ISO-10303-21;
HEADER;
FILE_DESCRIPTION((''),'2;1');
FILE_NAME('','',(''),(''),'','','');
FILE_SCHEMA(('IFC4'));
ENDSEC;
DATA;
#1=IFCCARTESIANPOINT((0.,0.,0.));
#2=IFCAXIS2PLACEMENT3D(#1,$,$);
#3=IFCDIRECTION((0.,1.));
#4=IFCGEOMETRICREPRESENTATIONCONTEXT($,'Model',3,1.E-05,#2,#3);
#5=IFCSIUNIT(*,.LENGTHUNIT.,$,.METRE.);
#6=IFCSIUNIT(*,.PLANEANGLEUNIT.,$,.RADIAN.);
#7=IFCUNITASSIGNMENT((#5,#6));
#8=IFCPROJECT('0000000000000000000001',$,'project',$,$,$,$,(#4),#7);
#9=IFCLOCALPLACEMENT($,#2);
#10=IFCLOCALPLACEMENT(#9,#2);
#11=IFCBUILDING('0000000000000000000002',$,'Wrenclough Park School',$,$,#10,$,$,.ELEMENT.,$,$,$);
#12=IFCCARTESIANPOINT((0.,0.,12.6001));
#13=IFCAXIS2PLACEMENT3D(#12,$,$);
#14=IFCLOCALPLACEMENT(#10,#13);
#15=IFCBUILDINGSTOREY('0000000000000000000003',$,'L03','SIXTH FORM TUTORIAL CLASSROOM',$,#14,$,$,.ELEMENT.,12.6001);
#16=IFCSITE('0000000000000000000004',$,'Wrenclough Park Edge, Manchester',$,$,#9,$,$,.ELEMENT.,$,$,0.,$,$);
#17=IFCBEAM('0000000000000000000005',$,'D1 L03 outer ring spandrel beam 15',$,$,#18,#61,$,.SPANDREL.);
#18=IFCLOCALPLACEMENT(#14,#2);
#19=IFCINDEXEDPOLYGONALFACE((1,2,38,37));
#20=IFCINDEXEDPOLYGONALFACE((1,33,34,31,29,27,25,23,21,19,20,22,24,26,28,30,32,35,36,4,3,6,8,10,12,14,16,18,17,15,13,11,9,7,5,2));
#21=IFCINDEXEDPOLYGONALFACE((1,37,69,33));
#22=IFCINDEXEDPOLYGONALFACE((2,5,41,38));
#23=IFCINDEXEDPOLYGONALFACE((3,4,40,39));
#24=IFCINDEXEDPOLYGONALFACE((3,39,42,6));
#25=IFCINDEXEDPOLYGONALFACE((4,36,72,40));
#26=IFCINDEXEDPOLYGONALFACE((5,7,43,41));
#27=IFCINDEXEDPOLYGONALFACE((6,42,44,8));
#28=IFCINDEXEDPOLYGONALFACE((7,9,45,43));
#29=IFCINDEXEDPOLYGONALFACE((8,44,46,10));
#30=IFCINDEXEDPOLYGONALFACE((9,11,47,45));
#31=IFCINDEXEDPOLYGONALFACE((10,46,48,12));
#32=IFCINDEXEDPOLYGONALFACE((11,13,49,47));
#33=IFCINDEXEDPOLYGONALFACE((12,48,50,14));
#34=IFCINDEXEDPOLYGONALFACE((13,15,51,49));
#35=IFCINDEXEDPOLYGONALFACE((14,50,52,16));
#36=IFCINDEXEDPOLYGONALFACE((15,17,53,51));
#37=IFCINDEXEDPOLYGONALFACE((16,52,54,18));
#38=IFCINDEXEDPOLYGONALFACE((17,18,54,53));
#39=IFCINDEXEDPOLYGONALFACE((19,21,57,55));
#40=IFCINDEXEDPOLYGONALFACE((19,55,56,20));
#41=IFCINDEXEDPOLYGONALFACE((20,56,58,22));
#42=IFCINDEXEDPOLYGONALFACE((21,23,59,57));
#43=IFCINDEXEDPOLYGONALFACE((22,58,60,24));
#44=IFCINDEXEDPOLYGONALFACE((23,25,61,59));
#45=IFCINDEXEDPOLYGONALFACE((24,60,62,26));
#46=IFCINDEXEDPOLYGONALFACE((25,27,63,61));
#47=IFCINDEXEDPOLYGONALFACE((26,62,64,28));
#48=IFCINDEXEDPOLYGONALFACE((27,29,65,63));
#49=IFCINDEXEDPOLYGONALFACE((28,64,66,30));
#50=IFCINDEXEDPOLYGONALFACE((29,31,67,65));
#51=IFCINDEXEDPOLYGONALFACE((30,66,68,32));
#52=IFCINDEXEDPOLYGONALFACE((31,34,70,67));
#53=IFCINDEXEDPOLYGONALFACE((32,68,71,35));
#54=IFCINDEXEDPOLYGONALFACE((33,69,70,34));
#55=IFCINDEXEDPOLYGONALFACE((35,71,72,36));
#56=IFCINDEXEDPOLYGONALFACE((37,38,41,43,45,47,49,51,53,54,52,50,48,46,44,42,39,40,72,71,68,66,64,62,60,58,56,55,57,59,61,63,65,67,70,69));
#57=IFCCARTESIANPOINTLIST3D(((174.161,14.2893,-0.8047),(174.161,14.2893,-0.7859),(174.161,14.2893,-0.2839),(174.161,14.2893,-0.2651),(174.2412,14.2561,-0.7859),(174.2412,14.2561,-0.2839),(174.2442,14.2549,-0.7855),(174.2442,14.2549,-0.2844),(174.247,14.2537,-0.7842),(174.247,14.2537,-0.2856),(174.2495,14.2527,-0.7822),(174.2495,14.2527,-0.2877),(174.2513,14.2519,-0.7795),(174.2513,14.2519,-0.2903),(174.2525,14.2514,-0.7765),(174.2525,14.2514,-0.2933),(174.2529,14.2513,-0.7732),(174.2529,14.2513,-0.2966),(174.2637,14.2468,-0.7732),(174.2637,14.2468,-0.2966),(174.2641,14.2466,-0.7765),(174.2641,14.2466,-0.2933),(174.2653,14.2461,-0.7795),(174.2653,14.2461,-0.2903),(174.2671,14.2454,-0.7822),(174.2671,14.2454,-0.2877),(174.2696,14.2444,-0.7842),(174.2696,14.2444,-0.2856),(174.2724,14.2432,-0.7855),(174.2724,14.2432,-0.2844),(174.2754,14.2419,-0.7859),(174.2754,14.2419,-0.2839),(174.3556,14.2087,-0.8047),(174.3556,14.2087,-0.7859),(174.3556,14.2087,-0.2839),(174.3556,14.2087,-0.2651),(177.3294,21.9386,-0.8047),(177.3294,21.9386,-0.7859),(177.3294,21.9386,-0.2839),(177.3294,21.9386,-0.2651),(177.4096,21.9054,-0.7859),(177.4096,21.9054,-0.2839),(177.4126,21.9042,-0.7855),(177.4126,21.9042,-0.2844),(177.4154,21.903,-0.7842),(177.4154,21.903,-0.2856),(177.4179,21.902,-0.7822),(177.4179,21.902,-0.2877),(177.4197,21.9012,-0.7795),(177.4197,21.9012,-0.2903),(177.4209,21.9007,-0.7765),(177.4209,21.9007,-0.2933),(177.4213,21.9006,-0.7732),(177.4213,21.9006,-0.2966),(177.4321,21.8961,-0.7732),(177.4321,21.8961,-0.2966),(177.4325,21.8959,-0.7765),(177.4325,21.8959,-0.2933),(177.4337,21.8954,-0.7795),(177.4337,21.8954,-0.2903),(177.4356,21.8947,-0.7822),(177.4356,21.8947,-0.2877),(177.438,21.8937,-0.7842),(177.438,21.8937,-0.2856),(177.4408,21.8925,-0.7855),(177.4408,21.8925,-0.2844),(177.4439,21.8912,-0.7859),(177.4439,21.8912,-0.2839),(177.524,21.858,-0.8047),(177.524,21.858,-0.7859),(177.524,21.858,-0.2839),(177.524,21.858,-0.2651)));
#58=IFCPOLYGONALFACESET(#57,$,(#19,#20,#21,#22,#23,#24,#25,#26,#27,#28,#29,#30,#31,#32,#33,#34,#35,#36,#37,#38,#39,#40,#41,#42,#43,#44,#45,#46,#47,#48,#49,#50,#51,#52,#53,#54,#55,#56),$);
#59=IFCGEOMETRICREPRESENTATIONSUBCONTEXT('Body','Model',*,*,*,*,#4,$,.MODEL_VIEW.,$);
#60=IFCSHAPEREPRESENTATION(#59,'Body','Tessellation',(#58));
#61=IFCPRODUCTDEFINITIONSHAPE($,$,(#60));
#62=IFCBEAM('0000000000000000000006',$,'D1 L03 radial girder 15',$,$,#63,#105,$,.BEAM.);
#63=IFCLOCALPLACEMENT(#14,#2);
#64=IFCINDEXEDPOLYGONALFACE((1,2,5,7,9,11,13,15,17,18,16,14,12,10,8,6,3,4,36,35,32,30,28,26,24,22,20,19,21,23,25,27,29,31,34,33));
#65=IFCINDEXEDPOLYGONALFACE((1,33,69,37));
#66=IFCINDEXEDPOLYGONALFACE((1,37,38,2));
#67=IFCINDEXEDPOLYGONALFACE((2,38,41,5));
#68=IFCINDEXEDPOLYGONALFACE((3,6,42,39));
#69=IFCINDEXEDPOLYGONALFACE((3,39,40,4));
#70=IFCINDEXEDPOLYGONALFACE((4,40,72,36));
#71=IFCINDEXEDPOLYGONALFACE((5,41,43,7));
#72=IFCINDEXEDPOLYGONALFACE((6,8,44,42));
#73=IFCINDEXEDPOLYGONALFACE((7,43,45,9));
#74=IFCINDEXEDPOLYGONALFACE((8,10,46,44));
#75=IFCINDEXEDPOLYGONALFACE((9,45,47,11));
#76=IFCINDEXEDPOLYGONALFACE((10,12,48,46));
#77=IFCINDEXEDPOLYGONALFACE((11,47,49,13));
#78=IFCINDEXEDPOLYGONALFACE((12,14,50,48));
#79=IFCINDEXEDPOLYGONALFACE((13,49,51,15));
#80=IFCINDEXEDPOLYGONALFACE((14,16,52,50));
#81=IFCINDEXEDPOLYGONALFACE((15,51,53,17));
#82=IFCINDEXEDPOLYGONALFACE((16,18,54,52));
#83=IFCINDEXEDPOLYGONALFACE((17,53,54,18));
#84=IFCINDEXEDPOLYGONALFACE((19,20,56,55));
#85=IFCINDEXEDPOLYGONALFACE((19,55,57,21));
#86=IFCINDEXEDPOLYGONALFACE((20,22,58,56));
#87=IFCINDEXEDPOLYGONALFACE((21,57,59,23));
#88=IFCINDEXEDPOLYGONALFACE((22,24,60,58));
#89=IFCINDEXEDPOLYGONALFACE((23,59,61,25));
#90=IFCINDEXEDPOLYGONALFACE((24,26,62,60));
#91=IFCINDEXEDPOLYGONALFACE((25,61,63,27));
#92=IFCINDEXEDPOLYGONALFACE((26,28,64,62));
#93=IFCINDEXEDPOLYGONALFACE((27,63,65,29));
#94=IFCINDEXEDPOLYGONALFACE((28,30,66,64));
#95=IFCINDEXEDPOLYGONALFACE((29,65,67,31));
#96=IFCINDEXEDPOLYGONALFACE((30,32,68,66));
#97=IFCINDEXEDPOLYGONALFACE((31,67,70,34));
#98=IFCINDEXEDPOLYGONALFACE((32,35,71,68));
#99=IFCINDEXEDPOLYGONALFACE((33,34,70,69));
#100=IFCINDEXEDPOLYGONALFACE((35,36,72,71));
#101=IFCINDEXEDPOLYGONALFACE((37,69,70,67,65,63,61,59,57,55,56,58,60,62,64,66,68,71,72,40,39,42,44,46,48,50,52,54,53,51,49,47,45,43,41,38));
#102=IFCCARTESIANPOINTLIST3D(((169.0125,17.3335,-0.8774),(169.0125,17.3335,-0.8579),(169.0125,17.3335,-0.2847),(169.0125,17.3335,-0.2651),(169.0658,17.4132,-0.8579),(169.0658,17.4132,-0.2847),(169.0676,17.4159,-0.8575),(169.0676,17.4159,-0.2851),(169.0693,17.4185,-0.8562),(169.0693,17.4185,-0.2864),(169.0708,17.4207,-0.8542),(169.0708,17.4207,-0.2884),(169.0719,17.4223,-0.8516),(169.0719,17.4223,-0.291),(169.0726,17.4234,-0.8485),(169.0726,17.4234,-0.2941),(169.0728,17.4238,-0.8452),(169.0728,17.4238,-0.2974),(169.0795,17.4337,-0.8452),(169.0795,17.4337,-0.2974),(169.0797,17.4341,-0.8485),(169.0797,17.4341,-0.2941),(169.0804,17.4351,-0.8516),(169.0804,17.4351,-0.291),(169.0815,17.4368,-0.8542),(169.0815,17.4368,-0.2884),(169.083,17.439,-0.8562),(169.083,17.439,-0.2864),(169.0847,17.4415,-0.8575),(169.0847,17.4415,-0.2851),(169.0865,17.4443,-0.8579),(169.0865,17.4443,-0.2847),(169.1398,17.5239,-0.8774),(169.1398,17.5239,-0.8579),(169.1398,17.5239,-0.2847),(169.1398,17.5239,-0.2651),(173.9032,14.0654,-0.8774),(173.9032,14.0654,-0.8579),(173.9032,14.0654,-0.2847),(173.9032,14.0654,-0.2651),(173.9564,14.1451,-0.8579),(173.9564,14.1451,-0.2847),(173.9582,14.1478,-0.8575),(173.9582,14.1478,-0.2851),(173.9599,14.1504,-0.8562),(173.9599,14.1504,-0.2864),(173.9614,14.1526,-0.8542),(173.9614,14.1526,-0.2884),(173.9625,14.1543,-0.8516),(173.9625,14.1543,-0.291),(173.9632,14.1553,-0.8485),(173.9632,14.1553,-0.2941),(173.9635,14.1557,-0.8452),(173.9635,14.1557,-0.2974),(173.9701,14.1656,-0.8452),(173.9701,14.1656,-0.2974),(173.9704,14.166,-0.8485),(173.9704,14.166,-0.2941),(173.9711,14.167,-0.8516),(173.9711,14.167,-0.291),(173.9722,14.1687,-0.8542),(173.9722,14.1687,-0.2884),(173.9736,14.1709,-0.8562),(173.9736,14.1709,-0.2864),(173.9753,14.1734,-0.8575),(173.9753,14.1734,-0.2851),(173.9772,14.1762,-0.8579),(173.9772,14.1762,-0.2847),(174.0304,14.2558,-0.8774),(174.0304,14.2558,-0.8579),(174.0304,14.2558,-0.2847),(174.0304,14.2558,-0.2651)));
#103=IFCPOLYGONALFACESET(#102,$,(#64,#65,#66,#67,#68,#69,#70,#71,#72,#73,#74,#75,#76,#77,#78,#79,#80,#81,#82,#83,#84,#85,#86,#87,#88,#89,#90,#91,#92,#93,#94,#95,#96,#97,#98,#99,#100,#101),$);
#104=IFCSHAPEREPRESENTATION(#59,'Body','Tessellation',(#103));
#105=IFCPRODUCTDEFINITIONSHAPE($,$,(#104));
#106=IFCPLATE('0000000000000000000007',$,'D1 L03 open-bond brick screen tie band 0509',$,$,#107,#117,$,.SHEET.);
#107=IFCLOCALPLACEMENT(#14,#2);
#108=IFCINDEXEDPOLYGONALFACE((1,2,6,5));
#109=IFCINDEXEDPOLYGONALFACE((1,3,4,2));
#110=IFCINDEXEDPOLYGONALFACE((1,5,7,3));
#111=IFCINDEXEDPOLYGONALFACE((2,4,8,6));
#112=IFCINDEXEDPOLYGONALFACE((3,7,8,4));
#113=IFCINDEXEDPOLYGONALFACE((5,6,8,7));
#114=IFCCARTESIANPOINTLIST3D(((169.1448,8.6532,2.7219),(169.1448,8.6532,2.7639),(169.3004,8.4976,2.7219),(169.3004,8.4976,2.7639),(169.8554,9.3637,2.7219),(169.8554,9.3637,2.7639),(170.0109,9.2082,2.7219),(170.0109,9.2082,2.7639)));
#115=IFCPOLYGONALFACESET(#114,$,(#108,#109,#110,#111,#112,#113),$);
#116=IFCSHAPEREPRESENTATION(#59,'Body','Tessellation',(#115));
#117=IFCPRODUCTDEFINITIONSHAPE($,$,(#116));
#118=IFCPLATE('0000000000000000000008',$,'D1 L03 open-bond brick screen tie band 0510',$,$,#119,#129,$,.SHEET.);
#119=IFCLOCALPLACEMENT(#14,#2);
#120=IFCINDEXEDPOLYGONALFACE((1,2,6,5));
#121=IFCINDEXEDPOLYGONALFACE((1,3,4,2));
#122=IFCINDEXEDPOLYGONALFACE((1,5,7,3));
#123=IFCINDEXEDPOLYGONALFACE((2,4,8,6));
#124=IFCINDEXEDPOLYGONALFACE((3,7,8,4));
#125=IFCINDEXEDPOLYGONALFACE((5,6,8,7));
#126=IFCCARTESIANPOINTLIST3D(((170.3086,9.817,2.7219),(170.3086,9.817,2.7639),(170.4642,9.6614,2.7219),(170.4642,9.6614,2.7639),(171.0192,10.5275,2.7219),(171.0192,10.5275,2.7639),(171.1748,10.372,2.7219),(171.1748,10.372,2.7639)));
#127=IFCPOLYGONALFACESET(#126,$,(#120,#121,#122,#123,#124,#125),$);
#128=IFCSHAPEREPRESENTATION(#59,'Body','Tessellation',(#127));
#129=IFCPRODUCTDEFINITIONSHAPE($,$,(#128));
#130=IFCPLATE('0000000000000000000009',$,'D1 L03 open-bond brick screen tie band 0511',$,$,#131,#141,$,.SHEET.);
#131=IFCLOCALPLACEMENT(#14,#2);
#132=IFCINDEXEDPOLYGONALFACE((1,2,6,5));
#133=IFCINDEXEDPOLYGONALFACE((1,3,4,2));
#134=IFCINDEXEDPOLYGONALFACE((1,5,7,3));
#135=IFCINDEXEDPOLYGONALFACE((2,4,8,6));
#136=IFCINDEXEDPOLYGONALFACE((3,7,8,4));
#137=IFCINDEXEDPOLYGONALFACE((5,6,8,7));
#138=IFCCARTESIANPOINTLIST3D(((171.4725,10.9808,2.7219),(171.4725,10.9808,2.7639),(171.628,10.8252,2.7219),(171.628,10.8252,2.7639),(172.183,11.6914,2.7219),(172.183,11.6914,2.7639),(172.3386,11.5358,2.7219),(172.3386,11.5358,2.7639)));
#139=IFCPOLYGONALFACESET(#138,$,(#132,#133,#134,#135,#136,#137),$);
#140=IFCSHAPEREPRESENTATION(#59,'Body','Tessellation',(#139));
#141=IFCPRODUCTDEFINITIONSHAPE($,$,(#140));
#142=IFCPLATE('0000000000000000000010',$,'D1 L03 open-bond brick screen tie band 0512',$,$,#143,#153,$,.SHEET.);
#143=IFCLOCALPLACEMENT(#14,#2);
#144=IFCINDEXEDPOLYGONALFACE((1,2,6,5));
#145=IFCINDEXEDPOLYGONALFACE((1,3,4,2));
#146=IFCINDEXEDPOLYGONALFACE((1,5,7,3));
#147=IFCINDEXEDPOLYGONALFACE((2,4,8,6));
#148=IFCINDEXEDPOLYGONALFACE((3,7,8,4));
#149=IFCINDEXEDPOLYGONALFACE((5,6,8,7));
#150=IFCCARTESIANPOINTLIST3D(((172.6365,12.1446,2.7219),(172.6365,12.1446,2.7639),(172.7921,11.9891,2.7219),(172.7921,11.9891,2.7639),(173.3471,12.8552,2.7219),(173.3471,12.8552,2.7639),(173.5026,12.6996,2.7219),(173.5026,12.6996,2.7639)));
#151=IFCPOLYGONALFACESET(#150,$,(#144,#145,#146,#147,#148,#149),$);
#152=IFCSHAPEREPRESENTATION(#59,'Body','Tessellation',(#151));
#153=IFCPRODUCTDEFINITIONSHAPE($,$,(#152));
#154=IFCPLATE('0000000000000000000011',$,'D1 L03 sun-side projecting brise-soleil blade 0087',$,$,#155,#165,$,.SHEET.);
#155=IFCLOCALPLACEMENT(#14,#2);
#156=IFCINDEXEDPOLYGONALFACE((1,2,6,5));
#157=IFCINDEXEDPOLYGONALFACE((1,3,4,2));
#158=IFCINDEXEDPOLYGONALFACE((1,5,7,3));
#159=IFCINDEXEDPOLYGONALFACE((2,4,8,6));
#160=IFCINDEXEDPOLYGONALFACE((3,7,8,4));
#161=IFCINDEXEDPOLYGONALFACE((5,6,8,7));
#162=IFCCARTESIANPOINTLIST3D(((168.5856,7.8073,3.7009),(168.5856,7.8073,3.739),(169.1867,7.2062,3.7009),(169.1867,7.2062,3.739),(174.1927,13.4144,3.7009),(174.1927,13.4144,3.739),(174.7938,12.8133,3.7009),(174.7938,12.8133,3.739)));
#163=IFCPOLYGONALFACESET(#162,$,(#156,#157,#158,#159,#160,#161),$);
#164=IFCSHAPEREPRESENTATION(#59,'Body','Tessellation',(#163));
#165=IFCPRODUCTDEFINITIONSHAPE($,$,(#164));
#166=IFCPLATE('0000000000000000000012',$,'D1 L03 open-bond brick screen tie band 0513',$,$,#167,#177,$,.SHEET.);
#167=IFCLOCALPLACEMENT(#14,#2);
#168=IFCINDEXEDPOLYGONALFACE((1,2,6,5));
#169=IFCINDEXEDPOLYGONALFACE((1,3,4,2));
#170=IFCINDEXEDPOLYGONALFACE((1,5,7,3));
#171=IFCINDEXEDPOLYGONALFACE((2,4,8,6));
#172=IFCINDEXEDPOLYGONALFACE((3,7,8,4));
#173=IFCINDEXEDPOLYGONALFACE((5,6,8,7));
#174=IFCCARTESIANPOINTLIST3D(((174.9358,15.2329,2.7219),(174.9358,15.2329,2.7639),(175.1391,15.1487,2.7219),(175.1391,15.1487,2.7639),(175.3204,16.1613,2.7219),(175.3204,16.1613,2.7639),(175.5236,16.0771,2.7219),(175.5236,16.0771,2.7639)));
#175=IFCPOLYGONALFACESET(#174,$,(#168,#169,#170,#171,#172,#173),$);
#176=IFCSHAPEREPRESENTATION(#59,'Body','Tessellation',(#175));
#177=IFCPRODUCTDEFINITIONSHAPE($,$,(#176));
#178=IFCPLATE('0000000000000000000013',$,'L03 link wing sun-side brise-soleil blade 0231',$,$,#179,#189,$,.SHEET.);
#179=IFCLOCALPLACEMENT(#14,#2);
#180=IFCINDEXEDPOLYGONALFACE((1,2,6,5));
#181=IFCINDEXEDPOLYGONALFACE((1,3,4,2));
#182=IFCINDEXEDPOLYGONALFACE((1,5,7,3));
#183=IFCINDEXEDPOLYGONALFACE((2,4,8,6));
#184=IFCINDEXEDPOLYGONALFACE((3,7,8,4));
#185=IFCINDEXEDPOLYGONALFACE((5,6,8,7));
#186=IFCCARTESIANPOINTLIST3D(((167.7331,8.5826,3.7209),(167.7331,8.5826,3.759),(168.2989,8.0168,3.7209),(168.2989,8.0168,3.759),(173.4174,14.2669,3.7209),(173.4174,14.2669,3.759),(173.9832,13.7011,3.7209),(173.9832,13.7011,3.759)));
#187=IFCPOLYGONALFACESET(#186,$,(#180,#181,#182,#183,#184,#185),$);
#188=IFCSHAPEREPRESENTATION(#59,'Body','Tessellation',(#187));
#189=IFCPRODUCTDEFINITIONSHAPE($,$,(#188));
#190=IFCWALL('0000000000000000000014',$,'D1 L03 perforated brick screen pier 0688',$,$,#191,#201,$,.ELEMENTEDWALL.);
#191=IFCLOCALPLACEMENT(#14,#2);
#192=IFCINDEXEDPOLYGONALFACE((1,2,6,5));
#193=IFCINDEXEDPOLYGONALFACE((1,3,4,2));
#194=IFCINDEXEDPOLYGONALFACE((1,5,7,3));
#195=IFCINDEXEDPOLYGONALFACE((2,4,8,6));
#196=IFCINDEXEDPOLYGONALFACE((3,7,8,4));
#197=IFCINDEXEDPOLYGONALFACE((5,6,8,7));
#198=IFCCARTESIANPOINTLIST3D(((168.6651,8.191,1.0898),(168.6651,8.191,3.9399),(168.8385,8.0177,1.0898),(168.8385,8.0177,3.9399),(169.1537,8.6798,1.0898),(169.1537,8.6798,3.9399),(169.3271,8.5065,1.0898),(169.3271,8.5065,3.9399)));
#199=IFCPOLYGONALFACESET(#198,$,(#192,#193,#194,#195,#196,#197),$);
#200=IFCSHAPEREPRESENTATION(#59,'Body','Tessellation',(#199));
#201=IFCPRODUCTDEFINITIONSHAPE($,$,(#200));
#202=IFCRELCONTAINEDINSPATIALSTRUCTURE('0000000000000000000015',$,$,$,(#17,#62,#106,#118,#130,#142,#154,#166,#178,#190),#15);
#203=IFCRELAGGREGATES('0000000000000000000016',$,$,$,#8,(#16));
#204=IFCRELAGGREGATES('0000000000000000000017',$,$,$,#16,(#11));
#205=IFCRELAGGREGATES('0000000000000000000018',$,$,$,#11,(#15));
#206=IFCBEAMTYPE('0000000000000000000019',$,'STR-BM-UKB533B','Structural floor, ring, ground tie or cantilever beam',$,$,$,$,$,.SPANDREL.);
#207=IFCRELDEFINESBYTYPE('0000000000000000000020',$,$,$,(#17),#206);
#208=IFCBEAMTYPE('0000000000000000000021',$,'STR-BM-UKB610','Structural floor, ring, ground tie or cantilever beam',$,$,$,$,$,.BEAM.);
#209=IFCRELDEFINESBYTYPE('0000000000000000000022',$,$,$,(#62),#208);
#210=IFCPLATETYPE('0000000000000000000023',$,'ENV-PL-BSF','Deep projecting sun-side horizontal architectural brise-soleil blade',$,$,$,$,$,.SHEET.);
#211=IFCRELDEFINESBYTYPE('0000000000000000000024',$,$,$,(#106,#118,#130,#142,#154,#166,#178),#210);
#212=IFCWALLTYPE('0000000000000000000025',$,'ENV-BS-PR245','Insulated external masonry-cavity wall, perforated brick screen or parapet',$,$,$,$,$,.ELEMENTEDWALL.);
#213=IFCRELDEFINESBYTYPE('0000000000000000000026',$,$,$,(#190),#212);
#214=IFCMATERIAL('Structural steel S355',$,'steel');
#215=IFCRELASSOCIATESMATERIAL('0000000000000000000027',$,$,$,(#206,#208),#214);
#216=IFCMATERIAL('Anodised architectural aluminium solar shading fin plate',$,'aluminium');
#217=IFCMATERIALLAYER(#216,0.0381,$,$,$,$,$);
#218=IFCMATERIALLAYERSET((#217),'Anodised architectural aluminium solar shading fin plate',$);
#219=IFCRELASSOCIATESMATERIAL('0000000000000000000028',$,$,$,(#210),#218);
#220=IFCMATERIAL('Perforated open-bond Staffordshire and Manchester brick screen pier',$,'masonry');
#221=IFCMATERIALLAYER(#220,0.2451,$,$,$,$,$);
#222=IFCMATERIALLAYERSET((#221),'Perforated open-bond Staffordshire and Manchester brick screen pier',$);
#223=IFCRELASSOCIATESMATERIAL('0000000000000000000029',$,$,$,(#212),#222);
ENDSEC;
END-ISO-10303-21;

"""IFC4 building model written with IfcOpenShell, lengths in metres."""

from ifc_helpers import new_model, si_unit, direction, frame, frame_2d, origin, origin_2d, place, context, subcontext, project, spatial, rectangle, i_section, extrude, material, layer, layer_set, material_profile, profile_set, type_object, element, save


model = new_model("IFC4")

# Units and contexts
model_context = context("Model", 3, precision=1e-05, world=origin(), true_north=direction((0.0, 1.0)))
body_context = subcontext(model_context, "Body", "Model", "MODEL_VIEW")
ifc_project = project(units=[si_unit("LENGTHUNIT", "METRE"), si_unit("PLANEANGLEUNIT", "RADIAN")], contexts=[model_context])

# Site, building, storey
site_placement = place(None, origin())
site = spatial("IfcSite", under=ifc_project, at=site_placement, Name="Wrenclough Park Edge, Manchester", CompositionType="ELEMENT", RefElevation=0.0)
building_placement = place(site_placement, origin())
building = spatial("IfcBuilding", under=site, at=building_placement, Name="Wrenclough Park School", CompositionType="ELEMENT")
storey_placement = place(building_placement, frame((0.0, 0.0, 12.6001)))
storey = spatial("IfcBuildingStorey", under=building, at=storey_placement, Name="L03", Description="SIXTH FORM TUTORIAL CLASSROOM", CompositionType="ELEMENT", Elevation=12.6001)

# Beams
ifc_material_1 = material(Name="Structural steel S355", Category="steel")
ifc_material_profile_1 = material_profile(ifc_material_1, i_section(OverallWidth=0.2107, OverallDepth=0.5396, WebThickness=0.0117, FlangeThickness=0.0188, FilletRadius=0.0127, at=origin_2d()), Name="UKB 533x210x109")
ifc_profile_set_1 = profile_set([ifc_material_profile_1], Name="Structural steel S355")
beam_type_1 = type_object("IfcBeamType", Name="STR-BM-UKB533B", Description="Structural floor, ring, ground tie or cantilever beam", PredefinedType="SPANDREL", material=ifc_profile_set_1)
beam_1_placement = place(storey_placement, frame((174.2583, 14.249, -0.5349), z_axis=(0.38268, 0.923881, 0.0), x_axis=(-0.923881, 0.38268, 0.0)))
element("IfcBeam", 1, at=beam_1_placement, inside=storey, type_object=beam_type_1, Name="D1 L03 outer ring spandrel beam 15", PredefinedType="SPANDREL", context=body_context, shape_type="SweptSolid", body=[
    extrude(i_section(OverallWidth=0.2107, OverallDepth=0.5396, WebThickness=0.0117, FlangeThickness=0.0188, FilletRadius=0.0127, at=origin_2d()), origin(), (0.0, 0.0, 1.0), 8.2795),
])
ifc_material_profile_2 = material_profile(ifc_material_1, i_section(OverallWidth=0.229, OverallDepth=0.6123, WebThickness=0.012, FlangeThickness=0.0195, FilletRadius=0.0127, at=origin_2d()), Name="UKB 610x229x125")
ifc_profile_set_2 = profile_set([ifc_material_profile_2], Name="Structural steel S355")
beam_type_2 = type_object("IfcBeamType", Name="STR-BM-UKB610", Description="Structural floor, ring, ground tie or cantilever beam", PredefinedType="BEAM", material=ifc_profile_set_2)
beam_2_placement = place(storey_placement, frame((173.9668, 14.1606, -0.5713), z_axis=(-0.83145, 0.5556, 0.0), x_axis=(-0.5556, -0.83145, 0.0)))
element("IfcBeam", 2, at=beam_2_placement, inside=storey, type_object=beam_type_2, Name="D1 L03 radial girder 15", PredefinedType="BEAM", context=body_context, shape_type="SweptSolid", body=[
    extrude(i_section(OverallWidth=0.229, OverallDepth=0.6123, WebThickness=0.012, FlangeThickness=0.0195, FilletRadius=0.0127, at=origin_2d()), origin(), (0.0, 0.0, 1.0), 5.8821),
])

# Plates
ifc_material_2 = material(Name="Anodised architectural aluminium solar shading fin plate", Category="aluminium")
ifc_layer_1 = layer(ifc_material_2, 0.0381)
ifc_layer_set_1 = layer_set([ifc_layer_1], Name="Anodised architectural aluminium solar shading fin plate")
plate_type = type_object("IfcPlateType", Name="ENV-PL-BSF", Description="Deep projecting sun-side horizontal architectural brise-soleil blade", PredefinedType="SHEET", material=ifc_layer_set_1)
for number, where, z_axis, x_axis, name in (
    (3, (169.5779, 8.9307, 2.7219), (0.0, 0.0, 1.0), (0.707107, 0.707107, 0.0), "D1 L03 open-bond brick screen tie band 0509"),
    (4, (170.7417, 10.0945, 2.7219), (0.0, 0.0, 1.0), (0.707107, 0.707107, 0.0), "D1 L03 open-bond brick screen tie band 0510"),
    (5, (171.9055, 11.2583, 2.7219), (0.0, 0.0, 1.0), (0.707107, 0.707107, 0.0), "D1 L03 open-bond brick screen tie band 0511"),
    (6, (173.0696, 12.4221, 2.7219), (0.0, 0.0, 1.0), (0.707107, 0.707107, 0.0), "D1 L03 open-bond brick screen tie band 0512"),
):
    element("IfcPlate", number, at=place(storey_placement, frame(where, z_axis=z_axis, x_axis=x_axis)), inside=storey, type_object=plate_type, Name=name, PredefinedType="SHEET", context=body_context, shape_type="SweptSolid", body=[
        extrude(rectangle(XDim=1.0049, YDim=0.22, at=origin_2d()), origin(), (0.0, 0.0, 1.0), 0.042),
    ])
plate_1_placement = place(storey_placement, frame((171.6897, 10.3103, 3.7009), z_axis=(0.0, 0.0, 1.0), x_axis=(0.707107, 0.707107, 0.0)))
element("IfcPlate", 7, at=plate_1_placement, inside=storey, type_object=plate_type, Name="D1 L03 sun-side projecting brise-soleil blade 0087", PredefinedType="SHEET", context=body_context, shape_type="SweptSolid", body=[
    extrude(rectangle(XDim=7.9297, YDim=0.8501, at=origin_2d()), origin(), (0.0, 0.0, 1.0), 0.0381),
])
plate_2_placement = place(storey_placement, frame((175.2297, 15.655, 2.7219), z_axis=(0.0, 0.0, 1.0), x_axis=(0.382684, 0.923879, 0.0)))
element("IfcPlate", 8, at=plate_2_placement, inside=storey, type_object=plate_type, Name="D1 L03 open-bond brick screen tie band 0513", PredefinedType="SHEET", context=body_context, shape_type="SweptSolid", body=[
    extrude(rectangle(XDim=1.0049, YDim=0.22, at=origin_2d()), origin(), (0.0, 0.0, 1.0), 0.042),
])
plate_3_placement = place(storey_placement, frame((170.8582, 11.1418, 3.7209), z_axis=(0.0, 0.0, 1.0), x_axis=(-0.707107, -0.707107, 0.0)))
element("IfcPlate", 9, at=plate_3_placement, inside=storey, type_object=plate_type, Name="L03 link wing sun-side brise-soleil blade 0231", PredefinedType="SHEET", context=body_context, shape_type="SweptSolid", body=[
    extrude(rectangle(XDim=8.0388, YDim=0.8, at=origin_2d()), origin(), (0.0, 0.0, 1.0), 0.0381),
])

# Wall
ifc_material_3 = material(Name="Perforated open-bond Staffordshire and Manchester brick screen pier", Category="masonry")
ifc_layer_2 = layer(ifc_material_3, 0.2451)
ifc_layer_set_2 = layer_set([ifc_layer_2], Name="Perforated open-bond Staffordshire and Manchester brick screen pier")
wall_type_1 = type_object("IfcWallType", Name="ENV-BS-PR245", Description="Insulated external masonry-cavity wall, perforated brick screen or parapet", PredefinedType="ELEMENTEDWALL", material=ifc_layer_set_2)
wall_1_placement = place(storey_placement, frame((168.7517, 8.1042, 1.0898), z_axis=(0.0, 0.0, 1.0), x_axis=(0.70693, 0.707283, 0.0)))
element("IfcWall", 10, at=wall_1_placement, inside=storey, type_object=wall_type_1, Name="D1 L03 perforated brick screen pier 0688", PredefinedType="ELEMENTEDWALL", context=body_context, shape_type="SweptSolid", body=[
    extrude(rectangle(XDim=0.6912, YDim=0.2451, at=frame_2d((0.3457, 0.0))), origin(), (0.0, 0.0, 1.0), 2.8501),
])

save(model, "model.ifc")
